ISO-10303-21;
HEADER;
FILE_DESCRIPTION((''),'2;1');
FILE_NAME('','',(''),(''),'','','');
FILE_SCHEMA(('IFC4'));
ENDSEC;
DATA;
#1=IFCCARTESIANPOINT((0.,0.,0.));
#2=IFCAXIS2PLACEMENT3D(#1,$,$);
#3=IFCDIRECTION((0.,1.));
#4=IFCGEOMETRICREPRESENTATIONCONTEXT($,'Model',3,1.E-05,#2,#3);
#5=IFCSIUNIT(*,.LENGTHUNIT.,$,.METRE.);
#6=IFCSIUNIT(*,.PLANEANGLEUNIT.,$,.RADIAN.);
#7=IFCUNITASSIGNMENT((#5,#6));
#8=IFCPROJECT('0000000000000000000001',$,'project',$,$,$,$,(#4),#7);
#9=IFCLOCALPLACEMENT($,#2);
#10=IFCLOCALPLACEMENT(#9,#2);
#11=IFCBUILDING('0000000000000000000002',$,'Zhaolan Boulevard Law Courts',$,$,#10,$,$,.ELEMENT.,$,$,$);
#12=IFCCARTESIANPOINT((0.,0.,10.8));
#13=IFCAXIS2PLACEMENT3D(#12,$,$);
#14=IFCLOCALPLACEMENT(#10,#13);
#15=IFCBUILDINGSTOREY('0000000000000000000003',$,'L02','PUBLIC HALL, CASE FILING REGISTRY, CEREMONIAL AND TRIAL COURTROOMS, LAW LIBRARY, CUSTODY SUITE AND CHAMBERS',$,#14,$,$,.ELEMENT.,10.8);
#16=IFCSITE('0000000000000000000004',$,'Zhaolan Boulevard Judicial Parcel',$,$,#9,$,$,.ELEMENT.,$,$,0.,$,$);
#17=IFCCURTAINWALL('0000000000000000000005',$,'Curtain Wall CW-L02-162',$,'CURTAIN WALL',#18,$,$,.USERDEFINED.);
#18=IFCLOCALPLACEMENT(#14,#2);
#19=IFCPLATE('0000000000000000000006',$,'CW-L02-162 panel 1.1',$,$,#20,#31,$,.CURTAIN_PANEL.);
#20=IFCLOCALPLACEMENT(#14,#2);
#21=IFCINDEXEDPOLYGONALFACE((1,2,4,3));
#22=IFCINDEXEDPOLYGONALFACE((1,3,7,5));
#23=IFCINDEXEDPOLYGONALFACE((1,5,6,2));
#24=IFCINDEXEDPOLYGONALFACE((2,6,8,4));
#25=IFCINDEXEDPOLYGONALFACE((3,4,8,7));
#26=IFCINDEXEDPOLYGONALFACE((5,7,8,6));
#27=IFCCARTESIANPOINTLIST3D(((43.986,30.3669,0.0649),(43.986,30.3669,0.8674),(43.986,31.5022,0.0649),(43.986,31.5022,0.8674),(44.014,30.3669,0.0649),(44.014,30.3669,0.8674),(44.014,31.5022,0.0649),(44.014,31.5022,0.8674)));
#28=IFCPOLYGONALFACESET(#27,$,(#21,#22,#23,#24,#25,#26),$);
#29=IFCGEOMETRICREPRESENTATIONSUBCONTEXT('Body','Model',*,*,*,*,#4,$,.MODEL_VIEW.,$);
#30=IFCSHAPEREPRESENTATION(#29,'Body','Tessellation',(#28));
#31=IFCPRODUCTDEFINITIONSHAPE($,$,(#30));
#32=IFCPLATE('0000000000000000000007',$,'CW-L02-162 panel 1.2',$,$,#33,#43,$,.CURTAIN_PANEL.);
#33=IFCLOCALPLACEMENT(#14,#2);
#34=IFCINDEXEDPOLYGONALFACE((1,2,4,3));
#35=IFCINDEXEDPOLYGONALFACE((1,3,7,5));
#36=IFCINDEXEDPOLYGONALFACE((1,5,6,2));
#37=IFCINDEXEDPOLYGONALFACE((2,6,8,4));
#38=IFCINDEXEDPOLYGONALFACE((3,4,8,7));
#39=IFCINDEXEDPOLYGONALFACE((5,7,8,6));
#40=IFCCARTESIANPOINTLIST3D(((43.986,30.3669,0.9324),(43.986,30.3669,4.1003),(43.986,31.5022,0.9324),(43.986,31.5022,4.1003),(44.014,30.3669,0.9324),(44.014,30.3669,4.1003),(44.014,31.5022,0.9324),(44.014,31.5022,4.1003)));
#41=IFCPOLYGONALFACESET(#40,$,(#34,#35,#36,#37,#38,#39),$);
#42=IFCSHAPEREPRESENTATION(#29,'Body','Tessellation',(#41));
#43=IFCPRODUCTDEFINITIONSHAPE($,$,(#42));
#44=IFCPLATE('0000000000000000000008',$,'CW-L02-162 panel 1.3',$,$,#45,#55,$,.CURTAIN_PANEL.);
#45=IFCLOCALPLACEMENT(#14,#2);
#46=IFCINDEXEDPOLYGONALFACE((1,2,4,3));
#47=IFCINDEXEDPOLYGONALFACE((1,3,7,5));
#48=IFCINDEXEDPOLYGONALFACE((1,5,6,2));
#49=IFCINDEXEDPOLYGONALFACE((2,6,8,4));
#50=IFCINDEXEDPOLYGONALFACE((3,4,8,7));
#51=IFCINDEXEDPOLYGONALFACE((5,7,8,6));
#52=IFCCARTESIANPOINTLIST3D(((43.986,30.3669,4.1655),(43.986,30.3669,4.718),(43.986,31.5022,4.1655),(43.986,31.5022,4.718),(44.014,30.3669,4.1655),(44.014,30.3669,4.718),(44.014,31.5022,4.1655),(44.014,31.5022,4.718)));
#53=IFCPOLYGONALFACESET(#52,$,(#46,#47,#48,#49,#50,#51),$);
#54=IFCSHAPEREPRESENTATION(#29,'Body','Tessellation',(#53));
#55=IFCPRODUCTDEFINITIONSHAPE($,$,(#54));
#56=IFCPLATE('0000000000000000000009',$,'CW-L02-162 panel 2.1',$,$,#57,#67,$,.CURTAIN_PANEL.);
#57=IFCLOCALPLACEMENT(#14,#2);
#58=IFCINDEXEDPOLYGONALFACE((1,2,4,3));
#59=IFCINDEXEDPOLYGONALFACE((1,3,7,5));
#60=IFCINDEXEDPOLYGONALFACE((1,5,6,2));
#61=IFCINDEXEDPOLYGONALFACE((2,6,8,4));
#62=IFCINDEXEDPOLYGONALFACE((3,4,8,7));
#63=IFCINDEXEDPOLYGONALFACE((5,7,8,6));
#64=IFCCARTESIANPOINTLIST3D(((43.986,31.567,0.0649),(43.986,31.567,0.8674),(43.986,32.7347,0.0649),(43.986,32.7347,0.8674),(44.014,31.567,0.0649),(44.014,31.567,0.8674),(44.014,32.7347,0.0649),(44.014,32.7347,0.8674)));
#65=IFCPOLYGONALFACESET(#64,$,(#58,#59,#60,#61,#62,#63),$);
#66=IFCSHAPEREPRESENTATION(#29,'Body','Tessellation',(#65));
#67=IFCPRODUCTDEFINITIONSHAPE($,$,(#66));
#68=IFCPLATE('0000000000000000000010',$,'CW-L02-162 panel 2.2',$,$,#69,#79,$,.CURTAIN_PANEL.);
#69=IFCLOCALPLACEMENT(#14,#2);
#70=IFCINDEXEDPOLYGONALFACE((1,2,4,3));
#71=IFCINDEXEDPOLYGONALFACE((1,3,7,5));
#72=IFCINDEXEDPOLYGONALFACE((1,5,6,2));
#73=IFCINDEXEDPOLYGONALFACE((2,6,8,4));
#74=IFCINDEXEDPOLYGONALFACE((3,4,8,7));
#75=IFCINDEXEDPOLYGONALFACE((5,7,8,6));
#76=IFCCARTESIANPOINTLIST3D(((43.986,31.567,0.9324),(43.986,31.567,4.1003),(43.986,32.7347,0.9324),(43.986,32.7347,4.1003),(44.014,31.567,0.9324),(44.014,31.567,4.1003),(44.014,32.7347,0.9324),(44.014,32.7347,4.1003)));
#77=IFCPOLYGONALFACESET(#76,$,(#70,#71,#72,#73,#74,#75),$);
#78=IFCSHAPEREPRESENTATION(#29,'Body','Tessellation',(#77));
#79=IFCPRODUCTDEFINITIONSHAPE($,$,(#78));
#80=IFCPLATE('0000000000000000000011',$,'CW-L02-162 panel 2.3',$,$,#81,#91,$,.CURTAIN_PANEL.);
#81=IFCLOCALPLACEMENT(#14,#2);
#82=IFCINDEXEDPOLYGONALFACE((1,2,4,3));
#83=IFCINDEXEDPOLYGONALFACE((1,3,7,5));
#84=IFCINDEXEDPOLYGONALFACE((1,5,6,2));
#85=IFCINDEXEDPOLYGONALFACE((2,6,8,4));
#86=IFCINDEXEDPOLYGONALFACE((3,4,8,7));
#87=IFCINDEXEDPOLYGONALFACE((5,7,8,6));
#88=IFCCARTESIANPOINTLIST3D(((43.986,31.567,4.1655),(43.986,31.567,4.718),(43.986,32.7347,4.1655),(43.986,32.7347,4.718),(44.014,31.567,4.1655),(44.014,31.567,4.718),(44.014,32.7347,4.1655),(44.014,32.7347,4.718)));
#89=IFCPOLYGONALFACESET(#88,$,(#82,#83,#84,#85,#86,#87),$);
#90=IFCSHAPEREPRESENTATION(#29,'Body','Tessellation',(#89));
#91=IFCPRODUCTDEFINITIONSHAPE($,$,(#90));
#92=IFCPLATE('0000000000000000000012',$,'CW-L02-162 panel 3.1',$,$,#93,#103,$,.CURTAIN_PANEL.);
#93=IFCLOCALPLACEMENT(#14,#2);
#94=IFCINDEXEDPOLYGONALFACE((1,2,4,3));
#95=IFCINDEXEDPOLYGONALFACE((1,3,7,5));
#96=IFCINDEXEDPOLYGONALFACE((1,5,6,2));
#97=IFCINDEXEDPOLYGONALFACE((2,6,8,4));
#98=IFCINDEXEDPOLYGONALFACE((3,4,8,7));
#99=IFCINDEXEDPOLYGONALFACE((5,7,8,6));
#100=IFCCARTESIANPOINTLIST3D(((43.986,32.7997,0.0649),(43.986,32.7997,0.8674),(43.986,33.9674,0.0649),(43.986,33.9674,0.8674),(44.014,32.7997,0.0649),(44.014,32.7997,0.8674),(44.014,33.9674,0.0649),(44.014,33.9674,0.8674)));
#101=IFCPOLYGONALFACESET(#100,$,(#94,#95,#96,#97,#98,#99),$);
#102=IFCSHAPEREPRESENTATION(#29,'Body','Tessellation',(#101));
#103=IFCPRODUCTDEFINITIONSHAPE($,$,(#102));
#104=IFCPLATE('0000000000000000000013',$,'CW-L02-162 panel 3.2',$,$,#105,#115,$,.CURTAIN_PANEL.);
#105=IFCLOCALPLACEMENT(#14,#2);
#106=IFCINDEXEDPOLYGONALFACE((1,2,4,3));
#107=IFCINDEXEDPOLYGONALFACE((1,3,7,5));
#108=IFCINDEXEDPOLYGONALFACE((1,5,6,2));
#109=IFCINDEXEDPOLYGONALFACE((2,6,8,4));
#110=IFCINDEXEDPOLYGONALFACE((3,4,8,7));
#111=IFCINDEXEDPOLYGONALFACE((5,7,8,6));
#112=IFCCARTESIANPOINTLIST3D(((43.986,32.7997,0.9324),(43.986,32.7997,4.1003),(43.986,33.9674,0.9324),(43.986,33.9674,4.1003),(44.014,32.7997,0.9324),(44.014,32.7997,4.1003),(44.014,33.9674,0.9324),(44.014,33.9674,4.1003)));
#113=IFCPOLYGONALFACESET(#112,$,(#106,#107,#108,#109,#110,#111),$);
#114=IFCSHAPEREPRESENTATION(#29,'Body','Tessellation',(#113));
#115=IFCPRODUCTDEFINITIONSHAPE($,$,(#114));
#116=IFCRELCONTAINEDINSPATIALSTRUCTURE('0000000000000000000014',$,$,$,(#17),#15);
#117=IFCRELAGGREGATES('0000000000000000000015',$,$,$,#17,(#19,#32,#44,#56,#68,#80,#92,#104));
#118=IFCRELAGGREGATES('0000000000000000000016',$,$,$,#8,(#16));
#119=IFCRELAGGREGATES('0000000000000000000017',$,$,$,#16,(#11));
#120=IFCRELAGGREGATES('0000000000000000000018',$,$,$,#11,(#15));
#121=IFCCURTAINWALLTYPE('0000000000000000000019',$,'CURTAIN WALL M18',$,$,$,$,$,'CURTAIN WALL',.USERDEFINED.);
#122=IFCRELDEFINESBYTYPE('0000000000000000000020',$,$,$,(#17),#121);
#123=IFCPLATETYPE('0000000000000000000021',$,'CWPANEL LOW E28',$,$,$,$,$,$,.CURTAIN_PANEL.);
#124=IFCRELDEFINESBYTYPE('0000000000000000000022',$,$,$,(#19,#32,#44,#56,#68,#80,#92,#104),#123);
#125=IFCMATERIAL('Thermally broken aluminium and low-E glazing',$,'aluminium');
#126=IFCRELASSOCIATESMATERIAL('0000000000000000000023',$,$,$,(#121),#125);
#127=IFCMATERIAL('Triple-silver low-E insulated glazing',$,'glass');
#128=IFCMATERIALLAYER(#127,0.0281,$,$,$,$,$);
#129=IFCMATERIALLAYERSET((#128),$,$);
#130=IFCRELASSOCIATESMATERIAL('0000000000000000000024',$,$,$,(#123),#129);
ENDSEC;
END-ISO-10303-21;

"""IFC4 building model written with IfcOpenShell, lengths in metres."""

from ifc_helpers import new_model, si_unit, direction, frame, origin, origin_2d, place, context, subcontext, project, spatial, rectangle, extrude, material, layer, layer_set, type_object, element, aggregate, save


model = new_model("IFC4")

# Units and contexts
model_context = context("Model", 3, precision=1e-05, world=origin(), true_north=direction((0.0, 1.0)))
body_context = subcontext(model_context, "Body", "Model", "MODEL_VIEW")
ifc_project = project(units=[si_unit("LENGTHUNIT", "METRE"), si_unit("PLANEANGLEUNIT", "RADIAN")], contexts=[model_context])

# Site, building, storey
site_placement = place(None, origin())
site = spatial("IfcSite", under=ifc_project, at=site_placement, Name="Zhaolan Boulevard Judicial Parcel", CompositionType="ELEMENT", RefElevation=0.0)
building_placement = place(site_placement, origin())
building = spatial("IfcBuilding", under=site, at=building_placement, Name="Zhaolan Boulevard Law Courts", CompositionType="ELEMENT")
storey_placement = place(building_placement, frame((0.0, 0.0, 10.8)))
storey = spatial("IfcBuildingStorey", under=building, at=storey_placement, Name="L02", Description="PUBLIC HALL, CASE FILING REGISTRY, CEREMONIAL AND TRIAL COURTROOMS, LAW LIBRARY, CUSTODY SUITE AND CHAMBERS", CompositionType="ELEMENT", Elevation=10.8)

# Curtain wall, plates
ifc_material_1 = material(Name="Thermally broken aluminium and low-E glazing", Category="aluminium")
curtain_wall_type = type_object("IfcCurtainWallType", Name="CURTAIN WALL M18", ElementType="CURTAIN WALL", PredefinedType="USERDEFINED", material=ifc_material_1)
curtain_wall_placement = place(storey_placement, origin())
curtain_wall = element("IfcCurtainWall", 1, at=curtain_wall_placement, inside=storey, type_object=curtain_wall_type, Name="Curtain Wall CW-L02-162", ObjectType="CURTAIN WALL", PredefinedType="USERDEFINED")
ifc_material_2 = material(Name="Triple-silver low-E insulated glazing", Category="glass")
ifc_layer = layer(ifc_material_2, 0.0281)
ifc_layer_set = layer_set([ifc_layer])
plate_type = type_object("IfcPlateType", Name="CWPANEL LOW E28", PredefinedType="CURTAIN_PANEL", material=ifc_layer_set)
plate_1_placement = place(storey_placement, frame((44.0, 30.9346, 0.0649), z_axis=(0.0, 0.0, 1.0), x_axis=(0.0, 1.0, 0.0)))
plate_1 = element("IfcPlate", 2, at=plate_1_placement, type_object=plate_type, Name="CW-L02-162 panel 1.1", PredefinedType="CURTAIN_PANEL", context=body_context, shape_type="SweptSolid", body=[
    extrude(rectangle(XDim=1.1353, YDim=0.0281, at=origin_2d()), origin(), (0.0, 0.0, 1.0), 0.8025),
])
plate_2_placement = place(storey_placement, frame((44.0, 30.9346, 0.9324), z_axis=(0.0, 0.0, 1.0), x_axis=(0.0, 1.0, 0.0)))
plate_2 = element("IfcPlate", 3, at=plate_2_placement, type_object=plate_type, Name="CW-L02-162 panel 1.2", PredefinedType="CURTAIN_PANEL", context=body_context, shape_type="SweptSolid", body=[
    extrude(rectangle(XDim=1.1353, YDim=0.0281, at=origin_2d()), origin(), (0.0, 0.0, 1.0), 3.168),
])
plate_3_placement = place(storey_placement, frame((44.0, 30.9346, 4.1655), z_axis=(0.0, 0.0, 1.0), x_axis=(0.0, 1.0, 0.0)))
plate_3 = element("IfcPlate", 4, at=plate_3_placement, type_object=plate_type, Name="CW-L02-162 panel 1.3", PredefinedType="CURTAIN_PANEL", context=body_context, shape_type="SweptSolid", body=[
    extrude(rectangle(XDim=1.1353, YDim=0.0281, at=origin_2d()), origin(), (0.0, 0.0, 1.0), 0.5525),
])
plate_4_placement = place(storey_placement, frame((44.0, 32.1509, 0.0649), z_axis=(0.0, 0.0, 1.0), x_axis=(0.0, 1.0, 0.0)))
plate_4 = element("IfcPlate", 5, at=plate_4_placement, type_object=plate_type, Name="CW-L02-162 panel 2.1", PredefinedType="CURTAIN_PANEL", context=body_context, shape_type="SweptSolid", body=[
    extrude(rectangle(XDim=1.1677, YDim=0.0281, at=origin_2d()), origin(), (0.0, 0.0, 1.0), 0.8025),
])
plate_5_placement = place(storey_placement, frame((44.0, 32.1509, 0.9324), z_axis=(0.0, 0.0, 1.0), x_axis=(0.0, 1.0, 0.0)))
plate_5 = element("IfcPlate", 6, at=plate_5_placement, type_object=plate_type, Name="CW-L02-162 panel 2.2", PredefinedType="CURTAIN_PANEL", context=body_context, shape_type="SweptSolid", body=[
    extrude(rectangle(XDim=1.1677, YDim=0.0281, at=origin_2d()), origin(), (0.0, 0.0, 1.0), 3.168),
])
plate_6_placement = place(storey_placement, frame((44.0, 32.1509, 4.1655), z_axis=(0.0, 0.0, 1.0), x_axis=(0.0, 1.0, 0.0)))
plate_6 = element("IfcPlate", 7, at=plate_6_placement, type_object=plate_type, Name="CW-L02-162 panel 2.3", PredefinedType="CURTAIN_PANEL", context=body_context, shape_type="SweptSolid", body=[
    extrude(rectangle(XDim=1.1677, YDim=0.0281, at=origin_2d()), origin(), (0.0, 0.0, 1.0), 0.5525),
])
plate_7_placement = place(storey_placement, frame((44.0, 33.3835, 0.0649), z_axis=(0.0, 0.0, 1.0), x_axis=(0.0, 1.0, 0.0)))
plate_7 = element("IfcPlate", 8, at=plate_7_placement, type_object=plate_type, Name="CW-L02-162 panel 3.1", PredefinedType="CURTAIN_PANEL", context=body_context, shape_type="SweptSolid", body=[
    extrude(rectangle(XDim=1.1677, YDim=0.0281, at=origin_2d()), origin(), (0.0, 0.0, 1.0), 0.8025),
])
plate_8_placement = place(storey_placement, frame((44.0, 33.3835, 0.9324), z_axis=(0.0, 0.0, 1.0), x_axis=(0.0, 1.0, 0.0)))
plate_8 = element("IfcPlate", 9, at=plate_8_placement, type_object=plate_type, Name="CW-L02-162 panel 3.2", PredefinedType="CURTAIN_PANEL", context=body_context, shape_type="SweptSolid", body=[
    extrude(rectangle(XDim=1.1677, YDim=0.0281, at=origin_2d()), origin(), (0.0, 0.0, 1.0), 3.168),
])
aggregate(curtain_wall, [plate_1, plate_2, plate_3, plate_4, plate_5, plate_6, plate_7, plate_8])

save(model, "model.ifc")
